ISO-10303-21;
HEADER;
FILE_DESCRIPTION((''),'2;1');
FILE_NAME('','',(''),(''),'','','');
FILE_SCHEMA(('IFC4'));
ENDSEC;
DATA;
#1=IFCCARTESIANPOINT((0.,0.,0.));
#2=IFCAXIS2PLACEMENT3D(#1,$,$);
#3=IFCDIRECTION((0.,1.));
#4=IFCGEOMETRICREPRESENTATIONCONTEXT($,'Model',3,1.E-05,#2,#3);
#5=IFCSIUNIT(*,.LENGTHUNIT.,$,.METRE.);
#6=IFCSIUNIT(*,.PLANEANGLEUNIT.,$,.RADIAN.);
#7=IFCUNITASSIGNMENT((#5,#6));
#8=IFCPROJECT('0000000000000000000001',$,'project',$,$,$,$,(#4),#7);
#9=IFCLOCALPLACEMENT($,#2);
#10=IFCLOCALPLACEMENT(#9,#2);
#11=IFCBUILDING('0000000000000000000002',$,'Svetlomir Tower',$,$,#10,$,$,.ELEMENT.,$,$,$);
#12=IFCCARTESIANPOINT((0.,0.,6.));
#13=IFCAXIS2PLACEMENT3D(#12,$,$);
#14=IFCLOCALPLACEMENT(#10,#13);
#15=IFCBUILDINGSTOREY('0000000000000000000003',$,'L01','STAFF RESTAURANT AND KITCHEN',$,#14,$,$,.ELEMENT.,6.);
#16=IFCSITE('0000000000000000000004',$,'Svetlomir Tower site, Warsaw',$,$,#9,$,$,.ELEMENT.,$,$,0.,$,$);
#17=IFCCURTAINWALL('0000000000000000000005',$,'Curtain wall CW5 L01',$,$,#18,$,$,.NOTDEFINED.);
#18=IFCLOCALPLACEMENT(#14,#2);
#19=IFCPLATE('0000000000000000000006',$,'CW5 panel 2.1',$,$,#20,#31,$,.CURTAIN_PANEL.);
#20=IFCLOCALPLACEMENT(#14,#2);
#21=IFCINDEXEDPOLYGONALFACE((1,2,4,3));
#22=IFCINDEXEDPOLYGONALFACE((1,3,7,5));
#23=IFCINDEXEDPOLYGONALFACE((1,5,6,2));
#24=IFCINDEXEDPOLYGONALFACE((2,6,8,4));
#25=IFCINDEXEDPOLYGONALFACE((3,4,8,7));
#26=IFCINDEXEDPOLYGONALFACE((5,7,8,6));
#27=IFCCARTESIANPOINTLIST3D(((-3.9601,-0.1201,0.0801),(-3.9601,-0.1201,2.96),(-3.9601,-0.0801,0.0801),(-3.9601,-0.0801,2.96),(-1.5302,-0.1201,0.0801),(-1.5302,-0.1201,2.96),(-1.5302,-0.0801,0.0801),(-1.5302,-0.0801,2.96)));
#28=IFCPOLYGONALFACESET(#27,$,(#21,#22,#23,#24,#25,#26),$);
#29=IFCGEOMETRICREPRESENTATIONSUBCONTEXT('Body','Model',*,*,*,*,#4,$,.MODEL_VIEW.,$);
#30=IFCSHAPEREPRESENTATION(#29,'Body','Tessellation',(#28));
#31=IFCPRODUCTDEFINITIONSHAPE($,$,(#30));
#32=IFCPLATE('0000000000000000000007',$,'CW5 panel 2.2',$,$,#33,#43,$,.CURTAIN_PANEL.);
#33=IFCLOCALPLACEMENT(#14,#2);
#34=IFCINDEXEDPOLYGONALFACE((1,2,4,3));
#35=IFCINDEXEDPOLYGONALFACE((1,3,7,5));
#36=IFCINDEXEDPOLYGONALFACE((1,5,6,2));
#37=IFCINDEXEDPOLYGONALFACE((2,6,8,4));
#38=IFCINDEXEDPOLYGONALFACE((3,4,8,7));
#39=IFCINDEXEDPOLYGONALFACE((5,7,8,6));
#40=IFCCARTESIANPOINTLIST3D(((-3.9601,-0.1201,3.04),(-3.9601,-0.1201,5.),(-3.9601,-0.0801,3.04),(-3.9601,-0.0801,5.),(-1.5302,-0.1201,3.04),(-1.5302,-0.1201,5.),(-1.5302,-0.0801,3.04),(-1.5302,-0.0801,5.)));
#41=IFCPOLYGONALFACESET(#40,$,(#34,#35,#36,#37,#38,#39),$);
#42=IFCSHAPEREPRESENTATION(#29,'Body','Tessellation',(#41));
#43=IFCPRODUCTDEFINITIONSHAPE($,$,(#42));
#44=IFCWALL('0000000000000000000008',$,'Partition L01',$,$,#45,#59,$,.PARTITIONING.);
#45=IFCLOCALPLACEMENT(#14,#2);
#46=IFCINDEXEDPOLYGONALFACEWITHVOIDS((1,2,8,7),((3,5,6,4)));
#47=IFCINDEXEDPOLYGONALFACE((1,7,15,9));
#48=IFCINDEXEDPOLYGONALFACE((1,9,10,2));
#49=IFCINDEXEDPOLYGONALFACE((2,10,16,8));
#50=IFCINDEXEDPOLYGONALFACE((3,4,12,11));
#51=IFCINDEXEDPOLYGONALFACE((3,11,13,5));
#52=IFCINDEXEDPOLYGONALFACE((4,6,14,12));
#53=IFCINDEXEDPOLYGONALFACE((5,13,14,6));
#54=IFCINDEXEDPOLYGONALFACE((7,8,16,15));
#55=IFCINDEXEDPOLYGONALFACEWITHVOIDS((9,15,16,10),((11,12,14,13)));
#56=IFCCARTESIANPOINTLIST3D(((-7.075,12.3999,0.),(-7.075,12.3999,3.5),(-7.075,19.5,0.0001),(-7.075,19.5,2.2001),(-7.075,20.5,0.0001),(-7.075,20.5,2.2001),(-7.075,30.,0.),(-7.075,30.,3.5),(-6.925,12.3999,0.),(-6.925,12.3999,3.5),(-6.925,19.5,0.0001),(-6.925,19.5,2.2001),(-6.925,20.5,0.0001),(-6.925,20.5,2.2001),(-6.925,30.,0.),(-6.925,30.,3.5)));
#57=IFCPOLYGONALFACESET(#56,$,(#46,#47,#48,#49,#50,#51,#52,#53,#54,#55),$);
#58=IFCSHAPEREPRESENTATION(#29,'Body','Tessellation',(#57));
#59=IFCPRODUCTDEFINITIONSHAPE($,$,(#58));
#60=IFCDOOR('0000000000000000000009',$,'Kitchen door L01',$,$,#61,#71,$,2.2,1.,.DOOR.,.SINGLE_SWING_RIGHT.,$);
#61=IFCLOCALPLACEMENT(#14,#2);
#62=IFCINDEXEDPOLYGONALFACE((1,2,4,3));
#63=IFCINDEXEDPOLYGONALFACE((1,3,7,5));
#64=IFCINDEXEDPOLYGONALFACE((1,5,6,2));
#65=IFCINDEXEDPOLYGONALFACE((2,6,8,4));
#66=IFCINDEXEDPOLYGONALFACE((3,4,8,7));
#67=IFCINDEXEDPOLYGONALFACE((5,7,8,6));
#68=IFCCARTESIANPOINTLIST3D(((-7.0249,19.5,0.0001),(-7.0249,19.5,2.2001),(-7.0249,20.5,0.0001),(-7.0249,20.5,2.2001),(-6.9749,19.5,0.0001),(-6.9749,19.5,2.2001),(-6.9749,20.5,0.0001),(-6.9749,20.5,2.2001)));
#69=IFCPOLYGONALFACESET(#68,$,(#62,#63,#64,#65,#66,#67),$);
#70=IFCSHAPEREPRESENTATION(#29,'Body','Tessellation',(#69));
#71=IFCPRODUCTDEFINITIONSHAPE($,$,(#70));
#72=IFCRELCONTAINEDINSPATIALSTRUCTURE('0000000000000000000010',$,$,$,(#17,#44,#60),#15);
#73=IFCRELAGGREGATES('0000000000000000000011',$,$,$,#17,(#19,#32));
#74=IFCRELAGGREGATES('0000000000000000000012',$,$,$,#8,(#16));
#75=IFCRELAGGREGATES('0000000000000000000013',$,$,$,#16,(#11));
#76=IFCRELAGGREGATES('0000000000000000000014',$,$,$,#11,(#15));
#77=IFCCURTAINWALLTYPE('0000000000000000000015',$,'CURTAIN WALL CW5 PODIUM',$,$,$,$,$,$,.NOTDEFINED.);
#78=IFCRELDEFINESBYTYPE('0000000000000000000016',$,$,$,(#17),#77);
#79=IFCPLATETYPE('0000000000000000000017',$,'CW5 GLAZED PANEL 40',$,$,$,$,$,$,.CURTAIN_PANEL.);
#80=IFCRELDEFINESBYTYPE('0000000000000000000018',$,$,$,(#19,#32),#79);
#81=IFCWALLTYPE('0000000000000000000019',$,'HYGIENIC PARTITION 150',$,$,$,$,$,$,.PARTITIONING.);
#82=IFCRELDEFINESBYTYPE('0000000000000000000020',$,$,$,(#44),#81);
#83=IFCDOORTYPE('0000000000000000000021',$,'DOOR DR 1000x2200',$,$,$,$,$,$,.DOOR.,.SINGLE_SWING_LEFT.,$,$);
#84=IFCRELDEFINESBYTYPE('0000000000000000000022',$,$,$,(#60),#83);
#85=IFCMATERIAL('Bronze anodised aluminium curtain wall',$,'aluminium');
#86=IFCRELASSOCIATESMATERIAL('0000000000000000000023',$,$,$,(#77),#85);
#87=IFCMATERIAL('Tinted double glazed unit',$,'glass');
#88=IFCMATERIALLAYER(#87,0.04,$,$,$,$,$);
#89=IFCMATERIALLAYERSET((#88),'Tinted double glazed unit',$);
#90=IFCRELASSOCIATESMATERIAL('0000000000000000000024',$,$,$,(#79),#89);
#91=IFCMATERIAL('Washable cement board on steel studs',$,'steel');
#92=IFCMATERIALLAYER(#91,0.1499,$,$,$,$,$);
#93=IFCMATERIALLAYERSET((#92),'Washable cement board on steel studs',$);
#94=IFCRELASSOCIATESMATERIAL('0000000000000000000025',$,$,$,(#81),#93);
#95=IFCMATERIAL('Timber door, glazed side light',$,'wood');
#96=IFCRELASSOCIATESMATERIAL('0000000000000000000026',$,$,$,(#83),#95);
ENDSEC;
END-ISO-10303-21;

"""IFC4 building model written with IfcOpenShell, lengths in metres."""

from ifc_helpers import new_model, si_unit, direction, frame, frame_2d, origin, origin_2d, place, context, subcontext, project, spatial, rectangle, extrude, material, layer, layer_set, type_object, element, fill, aggregate, save


model = new_model("IFC4")

# Units and contexts
model_context = context("Model", 3, precision=1e-05, world=origin(), true_north=direction((0.0, 1.0)))
body_context = subcontext(model_context, "Body", "Model", "MODEL_VIEW")
ifc_project = project(units=[si_unit("LENGTHUNIT", "METRE"), si_unit("PLANEANGLEUNIT", "RADIAN")], contexts=[model_context])

# Site, building, storey
site_placement = place(None, origin())
site = spatial("IfcSite", under=ifc_project, at=site_placement, Name="Svetlomir Tower site, Warsaw", CompositionType="ELEMENT", RefElevation=0.0)
building_placement = place(site_placement, origin())
building = spatial("IfcBuilding", under=site, at=building_placement, Name="Svetlomir Tower", CompositionType="ELEMENT")
storey_placement = place(building_placement, frame((0.0, 0.0, 6.0)))
storey = spatial("IfcBuildingStorey", under=building, at=storey_placement, Name="L01", Description="STAFF RESTAURANT AND KITCHEN", CompositionType="ELEMENT", Elevation=6.0)

# Curtain wall
ifc_material_1 = material(Name="Bronze anodised aluminium curtain wall", Category="aluminium")
curtain_wall_type = type_object("IfcCurtainWallType", Name="CURTAIN WALL CW5 PODIUM", PredefinedType="NOTDEFINED", material=ifc_material_1)
curtain_wall_placement = place(storey_placement, origin())
curtain_wall = element("IfcCurtainWall", 1, at=curtain_wall_placement, inside=storey, type_object=curtain_wall_type, Name="Curtain wall CW5 L01", PredefinedType="NOTDEFINED")

# Plates
ifc_material_2 = material(Name="Tinted double glazed unit", Category="glass")
ifc_layer_1 = layer(ifc_material_2, 0.04)
ifc_layer_set_1 = layer_set([ifc_layer_1], Name="Tinted double glazed unit")
plate_type = type_object("IfcPlateType", Name="CW5 GLAZED PANEL 40", PredefinedType="CURTAIN_PANEL", material=ifc_layer_set_1)
plate_1_placement = place(storey_placement, frame((-2.7451, -0.1001, 0.0801), z_axis=(0.0, 0.0, 1.0), x_axis=(1.0, 0.0, 0.0)))
plate_1 = element("IfcPlate", 2, at=plate_1_placement, type_object=plate_type, Name="CW5 panel 2.1", PredefinedType="CURTAIN_PANEL", context=body_context, shape_type="SweptSolid", body=[
    extrude(rectangle(XDim=2.4299, YDim=0.04, at=origin_2d()), origin(), (0.0, 0.0, 1.0), 2.8799),
])
plate_2_placement = place(storey_placement, frame((-2.7451, -0.1001, 3.04), z_axis=(0.0, 0.0, 1.0), x_axis=(1.0, 0.0, 0.0)))
plate_2 = element("IfcPlate", 3, at=plate_2_placement, type_object=plate_type, Name="CW5 panel 2.2", PredefinedType="CURTAIN_PANEL", context=body_context, shape_type="SweptSolid", body=[
    extrude(rectangle(XDim=2.4299, YDim=0.04, at=origin_2d()), origin(), (0.0, 0.0, 1.0), 1.96),
])
aggregate(curtain_wall, [plate_1, plate_2])

# Wall, opening, door
ifc_material_3 = material(Name="Washable cement board on steel studs", Category="steel")
ifc_layer_2 = layer(ifc_material_3, 0.1499)
ifc_layer_set_2 = layer_set([ifc_layer_2], Name="Washable cement board on steel studs")
wall_type = type_object("IfcWallType", Name="HYGIENIC PARTITION 150", PredefinedType="PARTITIONING", material=ifc_layer_set_2)
wall_placement = place(storey_placement, frame((-7.0, 12.3999, 0.0), z_axis=(0.0, 0.0, 1.0), x_axis=(0.0, 1.0, 0.0)))
wall = element("IfcWall", 4, at=wall_placement, inside=storey, type_object=wall_type, Name="Partition L01", PredefinedType="PARTITIONING", context=body_context, shape_type="SweptSolid", body=[
    extrude(rectangle(XDim=17.6001, YDim=0.1499, at=frame_2d((8.8, 0.0))), origin(), (0.0, 0.0, 1.0), 3.5),
])
opening_placement = place(wall_placement, frame((7.1001, 0.0, 0.0)))
opening = element("IfcOpeningElement", 5, at=opening_placement, cuts=wall, PredefinedType="OPENING", context=body_context, shape_type="SweptSolid", body=[
    extrude(rectangle(XDim=1.0, YDim=2.2, at=frame_2d((0.5, 1.1001))), frame((0.0, 0.085, 0.0), z_axis=(0.0, -1.0, 0.0), x_axis=(1.0, 0.0, 0.0)), (0.0, 0.0, 1.0), 0.1699),
])
ifc_material_4 = material(Name="Timber door, glazed side light", Category="wood")
door_type = type_object("IfcDoorType", Name="DOOR DR 1000x2200", OperationType="SINGLE_SWING_LEFT", PredefinedType="DOOR", material=ifc_material_4)
door_placement = place(opening_placement, origin())
door = element("IfcDoor", 6, at=door_placement, inside=storey, type_object=door_type, Name="Kitchen door L01", OperationType="SINGLE_SWING_RIGHT", OverallHeight=2.2, OverallWidth=1.0, PredefinedType="DOOR", context=body_context, shape_type="SweptSolid", body=[
    extrude(rectangle(XDim=1.0, YDim=2.2, at=frame_2d((0.5, 1.1001))), frame((0.0, 0.0249, 0.0), z_axis=(0.0, -1.0, 0.0), x_axis=(1.0, 0.0, 0.0)), (0.0, 0.0, 1.0), 0.05),
])
fill(opening, door)

save(model, "model.ifc")
